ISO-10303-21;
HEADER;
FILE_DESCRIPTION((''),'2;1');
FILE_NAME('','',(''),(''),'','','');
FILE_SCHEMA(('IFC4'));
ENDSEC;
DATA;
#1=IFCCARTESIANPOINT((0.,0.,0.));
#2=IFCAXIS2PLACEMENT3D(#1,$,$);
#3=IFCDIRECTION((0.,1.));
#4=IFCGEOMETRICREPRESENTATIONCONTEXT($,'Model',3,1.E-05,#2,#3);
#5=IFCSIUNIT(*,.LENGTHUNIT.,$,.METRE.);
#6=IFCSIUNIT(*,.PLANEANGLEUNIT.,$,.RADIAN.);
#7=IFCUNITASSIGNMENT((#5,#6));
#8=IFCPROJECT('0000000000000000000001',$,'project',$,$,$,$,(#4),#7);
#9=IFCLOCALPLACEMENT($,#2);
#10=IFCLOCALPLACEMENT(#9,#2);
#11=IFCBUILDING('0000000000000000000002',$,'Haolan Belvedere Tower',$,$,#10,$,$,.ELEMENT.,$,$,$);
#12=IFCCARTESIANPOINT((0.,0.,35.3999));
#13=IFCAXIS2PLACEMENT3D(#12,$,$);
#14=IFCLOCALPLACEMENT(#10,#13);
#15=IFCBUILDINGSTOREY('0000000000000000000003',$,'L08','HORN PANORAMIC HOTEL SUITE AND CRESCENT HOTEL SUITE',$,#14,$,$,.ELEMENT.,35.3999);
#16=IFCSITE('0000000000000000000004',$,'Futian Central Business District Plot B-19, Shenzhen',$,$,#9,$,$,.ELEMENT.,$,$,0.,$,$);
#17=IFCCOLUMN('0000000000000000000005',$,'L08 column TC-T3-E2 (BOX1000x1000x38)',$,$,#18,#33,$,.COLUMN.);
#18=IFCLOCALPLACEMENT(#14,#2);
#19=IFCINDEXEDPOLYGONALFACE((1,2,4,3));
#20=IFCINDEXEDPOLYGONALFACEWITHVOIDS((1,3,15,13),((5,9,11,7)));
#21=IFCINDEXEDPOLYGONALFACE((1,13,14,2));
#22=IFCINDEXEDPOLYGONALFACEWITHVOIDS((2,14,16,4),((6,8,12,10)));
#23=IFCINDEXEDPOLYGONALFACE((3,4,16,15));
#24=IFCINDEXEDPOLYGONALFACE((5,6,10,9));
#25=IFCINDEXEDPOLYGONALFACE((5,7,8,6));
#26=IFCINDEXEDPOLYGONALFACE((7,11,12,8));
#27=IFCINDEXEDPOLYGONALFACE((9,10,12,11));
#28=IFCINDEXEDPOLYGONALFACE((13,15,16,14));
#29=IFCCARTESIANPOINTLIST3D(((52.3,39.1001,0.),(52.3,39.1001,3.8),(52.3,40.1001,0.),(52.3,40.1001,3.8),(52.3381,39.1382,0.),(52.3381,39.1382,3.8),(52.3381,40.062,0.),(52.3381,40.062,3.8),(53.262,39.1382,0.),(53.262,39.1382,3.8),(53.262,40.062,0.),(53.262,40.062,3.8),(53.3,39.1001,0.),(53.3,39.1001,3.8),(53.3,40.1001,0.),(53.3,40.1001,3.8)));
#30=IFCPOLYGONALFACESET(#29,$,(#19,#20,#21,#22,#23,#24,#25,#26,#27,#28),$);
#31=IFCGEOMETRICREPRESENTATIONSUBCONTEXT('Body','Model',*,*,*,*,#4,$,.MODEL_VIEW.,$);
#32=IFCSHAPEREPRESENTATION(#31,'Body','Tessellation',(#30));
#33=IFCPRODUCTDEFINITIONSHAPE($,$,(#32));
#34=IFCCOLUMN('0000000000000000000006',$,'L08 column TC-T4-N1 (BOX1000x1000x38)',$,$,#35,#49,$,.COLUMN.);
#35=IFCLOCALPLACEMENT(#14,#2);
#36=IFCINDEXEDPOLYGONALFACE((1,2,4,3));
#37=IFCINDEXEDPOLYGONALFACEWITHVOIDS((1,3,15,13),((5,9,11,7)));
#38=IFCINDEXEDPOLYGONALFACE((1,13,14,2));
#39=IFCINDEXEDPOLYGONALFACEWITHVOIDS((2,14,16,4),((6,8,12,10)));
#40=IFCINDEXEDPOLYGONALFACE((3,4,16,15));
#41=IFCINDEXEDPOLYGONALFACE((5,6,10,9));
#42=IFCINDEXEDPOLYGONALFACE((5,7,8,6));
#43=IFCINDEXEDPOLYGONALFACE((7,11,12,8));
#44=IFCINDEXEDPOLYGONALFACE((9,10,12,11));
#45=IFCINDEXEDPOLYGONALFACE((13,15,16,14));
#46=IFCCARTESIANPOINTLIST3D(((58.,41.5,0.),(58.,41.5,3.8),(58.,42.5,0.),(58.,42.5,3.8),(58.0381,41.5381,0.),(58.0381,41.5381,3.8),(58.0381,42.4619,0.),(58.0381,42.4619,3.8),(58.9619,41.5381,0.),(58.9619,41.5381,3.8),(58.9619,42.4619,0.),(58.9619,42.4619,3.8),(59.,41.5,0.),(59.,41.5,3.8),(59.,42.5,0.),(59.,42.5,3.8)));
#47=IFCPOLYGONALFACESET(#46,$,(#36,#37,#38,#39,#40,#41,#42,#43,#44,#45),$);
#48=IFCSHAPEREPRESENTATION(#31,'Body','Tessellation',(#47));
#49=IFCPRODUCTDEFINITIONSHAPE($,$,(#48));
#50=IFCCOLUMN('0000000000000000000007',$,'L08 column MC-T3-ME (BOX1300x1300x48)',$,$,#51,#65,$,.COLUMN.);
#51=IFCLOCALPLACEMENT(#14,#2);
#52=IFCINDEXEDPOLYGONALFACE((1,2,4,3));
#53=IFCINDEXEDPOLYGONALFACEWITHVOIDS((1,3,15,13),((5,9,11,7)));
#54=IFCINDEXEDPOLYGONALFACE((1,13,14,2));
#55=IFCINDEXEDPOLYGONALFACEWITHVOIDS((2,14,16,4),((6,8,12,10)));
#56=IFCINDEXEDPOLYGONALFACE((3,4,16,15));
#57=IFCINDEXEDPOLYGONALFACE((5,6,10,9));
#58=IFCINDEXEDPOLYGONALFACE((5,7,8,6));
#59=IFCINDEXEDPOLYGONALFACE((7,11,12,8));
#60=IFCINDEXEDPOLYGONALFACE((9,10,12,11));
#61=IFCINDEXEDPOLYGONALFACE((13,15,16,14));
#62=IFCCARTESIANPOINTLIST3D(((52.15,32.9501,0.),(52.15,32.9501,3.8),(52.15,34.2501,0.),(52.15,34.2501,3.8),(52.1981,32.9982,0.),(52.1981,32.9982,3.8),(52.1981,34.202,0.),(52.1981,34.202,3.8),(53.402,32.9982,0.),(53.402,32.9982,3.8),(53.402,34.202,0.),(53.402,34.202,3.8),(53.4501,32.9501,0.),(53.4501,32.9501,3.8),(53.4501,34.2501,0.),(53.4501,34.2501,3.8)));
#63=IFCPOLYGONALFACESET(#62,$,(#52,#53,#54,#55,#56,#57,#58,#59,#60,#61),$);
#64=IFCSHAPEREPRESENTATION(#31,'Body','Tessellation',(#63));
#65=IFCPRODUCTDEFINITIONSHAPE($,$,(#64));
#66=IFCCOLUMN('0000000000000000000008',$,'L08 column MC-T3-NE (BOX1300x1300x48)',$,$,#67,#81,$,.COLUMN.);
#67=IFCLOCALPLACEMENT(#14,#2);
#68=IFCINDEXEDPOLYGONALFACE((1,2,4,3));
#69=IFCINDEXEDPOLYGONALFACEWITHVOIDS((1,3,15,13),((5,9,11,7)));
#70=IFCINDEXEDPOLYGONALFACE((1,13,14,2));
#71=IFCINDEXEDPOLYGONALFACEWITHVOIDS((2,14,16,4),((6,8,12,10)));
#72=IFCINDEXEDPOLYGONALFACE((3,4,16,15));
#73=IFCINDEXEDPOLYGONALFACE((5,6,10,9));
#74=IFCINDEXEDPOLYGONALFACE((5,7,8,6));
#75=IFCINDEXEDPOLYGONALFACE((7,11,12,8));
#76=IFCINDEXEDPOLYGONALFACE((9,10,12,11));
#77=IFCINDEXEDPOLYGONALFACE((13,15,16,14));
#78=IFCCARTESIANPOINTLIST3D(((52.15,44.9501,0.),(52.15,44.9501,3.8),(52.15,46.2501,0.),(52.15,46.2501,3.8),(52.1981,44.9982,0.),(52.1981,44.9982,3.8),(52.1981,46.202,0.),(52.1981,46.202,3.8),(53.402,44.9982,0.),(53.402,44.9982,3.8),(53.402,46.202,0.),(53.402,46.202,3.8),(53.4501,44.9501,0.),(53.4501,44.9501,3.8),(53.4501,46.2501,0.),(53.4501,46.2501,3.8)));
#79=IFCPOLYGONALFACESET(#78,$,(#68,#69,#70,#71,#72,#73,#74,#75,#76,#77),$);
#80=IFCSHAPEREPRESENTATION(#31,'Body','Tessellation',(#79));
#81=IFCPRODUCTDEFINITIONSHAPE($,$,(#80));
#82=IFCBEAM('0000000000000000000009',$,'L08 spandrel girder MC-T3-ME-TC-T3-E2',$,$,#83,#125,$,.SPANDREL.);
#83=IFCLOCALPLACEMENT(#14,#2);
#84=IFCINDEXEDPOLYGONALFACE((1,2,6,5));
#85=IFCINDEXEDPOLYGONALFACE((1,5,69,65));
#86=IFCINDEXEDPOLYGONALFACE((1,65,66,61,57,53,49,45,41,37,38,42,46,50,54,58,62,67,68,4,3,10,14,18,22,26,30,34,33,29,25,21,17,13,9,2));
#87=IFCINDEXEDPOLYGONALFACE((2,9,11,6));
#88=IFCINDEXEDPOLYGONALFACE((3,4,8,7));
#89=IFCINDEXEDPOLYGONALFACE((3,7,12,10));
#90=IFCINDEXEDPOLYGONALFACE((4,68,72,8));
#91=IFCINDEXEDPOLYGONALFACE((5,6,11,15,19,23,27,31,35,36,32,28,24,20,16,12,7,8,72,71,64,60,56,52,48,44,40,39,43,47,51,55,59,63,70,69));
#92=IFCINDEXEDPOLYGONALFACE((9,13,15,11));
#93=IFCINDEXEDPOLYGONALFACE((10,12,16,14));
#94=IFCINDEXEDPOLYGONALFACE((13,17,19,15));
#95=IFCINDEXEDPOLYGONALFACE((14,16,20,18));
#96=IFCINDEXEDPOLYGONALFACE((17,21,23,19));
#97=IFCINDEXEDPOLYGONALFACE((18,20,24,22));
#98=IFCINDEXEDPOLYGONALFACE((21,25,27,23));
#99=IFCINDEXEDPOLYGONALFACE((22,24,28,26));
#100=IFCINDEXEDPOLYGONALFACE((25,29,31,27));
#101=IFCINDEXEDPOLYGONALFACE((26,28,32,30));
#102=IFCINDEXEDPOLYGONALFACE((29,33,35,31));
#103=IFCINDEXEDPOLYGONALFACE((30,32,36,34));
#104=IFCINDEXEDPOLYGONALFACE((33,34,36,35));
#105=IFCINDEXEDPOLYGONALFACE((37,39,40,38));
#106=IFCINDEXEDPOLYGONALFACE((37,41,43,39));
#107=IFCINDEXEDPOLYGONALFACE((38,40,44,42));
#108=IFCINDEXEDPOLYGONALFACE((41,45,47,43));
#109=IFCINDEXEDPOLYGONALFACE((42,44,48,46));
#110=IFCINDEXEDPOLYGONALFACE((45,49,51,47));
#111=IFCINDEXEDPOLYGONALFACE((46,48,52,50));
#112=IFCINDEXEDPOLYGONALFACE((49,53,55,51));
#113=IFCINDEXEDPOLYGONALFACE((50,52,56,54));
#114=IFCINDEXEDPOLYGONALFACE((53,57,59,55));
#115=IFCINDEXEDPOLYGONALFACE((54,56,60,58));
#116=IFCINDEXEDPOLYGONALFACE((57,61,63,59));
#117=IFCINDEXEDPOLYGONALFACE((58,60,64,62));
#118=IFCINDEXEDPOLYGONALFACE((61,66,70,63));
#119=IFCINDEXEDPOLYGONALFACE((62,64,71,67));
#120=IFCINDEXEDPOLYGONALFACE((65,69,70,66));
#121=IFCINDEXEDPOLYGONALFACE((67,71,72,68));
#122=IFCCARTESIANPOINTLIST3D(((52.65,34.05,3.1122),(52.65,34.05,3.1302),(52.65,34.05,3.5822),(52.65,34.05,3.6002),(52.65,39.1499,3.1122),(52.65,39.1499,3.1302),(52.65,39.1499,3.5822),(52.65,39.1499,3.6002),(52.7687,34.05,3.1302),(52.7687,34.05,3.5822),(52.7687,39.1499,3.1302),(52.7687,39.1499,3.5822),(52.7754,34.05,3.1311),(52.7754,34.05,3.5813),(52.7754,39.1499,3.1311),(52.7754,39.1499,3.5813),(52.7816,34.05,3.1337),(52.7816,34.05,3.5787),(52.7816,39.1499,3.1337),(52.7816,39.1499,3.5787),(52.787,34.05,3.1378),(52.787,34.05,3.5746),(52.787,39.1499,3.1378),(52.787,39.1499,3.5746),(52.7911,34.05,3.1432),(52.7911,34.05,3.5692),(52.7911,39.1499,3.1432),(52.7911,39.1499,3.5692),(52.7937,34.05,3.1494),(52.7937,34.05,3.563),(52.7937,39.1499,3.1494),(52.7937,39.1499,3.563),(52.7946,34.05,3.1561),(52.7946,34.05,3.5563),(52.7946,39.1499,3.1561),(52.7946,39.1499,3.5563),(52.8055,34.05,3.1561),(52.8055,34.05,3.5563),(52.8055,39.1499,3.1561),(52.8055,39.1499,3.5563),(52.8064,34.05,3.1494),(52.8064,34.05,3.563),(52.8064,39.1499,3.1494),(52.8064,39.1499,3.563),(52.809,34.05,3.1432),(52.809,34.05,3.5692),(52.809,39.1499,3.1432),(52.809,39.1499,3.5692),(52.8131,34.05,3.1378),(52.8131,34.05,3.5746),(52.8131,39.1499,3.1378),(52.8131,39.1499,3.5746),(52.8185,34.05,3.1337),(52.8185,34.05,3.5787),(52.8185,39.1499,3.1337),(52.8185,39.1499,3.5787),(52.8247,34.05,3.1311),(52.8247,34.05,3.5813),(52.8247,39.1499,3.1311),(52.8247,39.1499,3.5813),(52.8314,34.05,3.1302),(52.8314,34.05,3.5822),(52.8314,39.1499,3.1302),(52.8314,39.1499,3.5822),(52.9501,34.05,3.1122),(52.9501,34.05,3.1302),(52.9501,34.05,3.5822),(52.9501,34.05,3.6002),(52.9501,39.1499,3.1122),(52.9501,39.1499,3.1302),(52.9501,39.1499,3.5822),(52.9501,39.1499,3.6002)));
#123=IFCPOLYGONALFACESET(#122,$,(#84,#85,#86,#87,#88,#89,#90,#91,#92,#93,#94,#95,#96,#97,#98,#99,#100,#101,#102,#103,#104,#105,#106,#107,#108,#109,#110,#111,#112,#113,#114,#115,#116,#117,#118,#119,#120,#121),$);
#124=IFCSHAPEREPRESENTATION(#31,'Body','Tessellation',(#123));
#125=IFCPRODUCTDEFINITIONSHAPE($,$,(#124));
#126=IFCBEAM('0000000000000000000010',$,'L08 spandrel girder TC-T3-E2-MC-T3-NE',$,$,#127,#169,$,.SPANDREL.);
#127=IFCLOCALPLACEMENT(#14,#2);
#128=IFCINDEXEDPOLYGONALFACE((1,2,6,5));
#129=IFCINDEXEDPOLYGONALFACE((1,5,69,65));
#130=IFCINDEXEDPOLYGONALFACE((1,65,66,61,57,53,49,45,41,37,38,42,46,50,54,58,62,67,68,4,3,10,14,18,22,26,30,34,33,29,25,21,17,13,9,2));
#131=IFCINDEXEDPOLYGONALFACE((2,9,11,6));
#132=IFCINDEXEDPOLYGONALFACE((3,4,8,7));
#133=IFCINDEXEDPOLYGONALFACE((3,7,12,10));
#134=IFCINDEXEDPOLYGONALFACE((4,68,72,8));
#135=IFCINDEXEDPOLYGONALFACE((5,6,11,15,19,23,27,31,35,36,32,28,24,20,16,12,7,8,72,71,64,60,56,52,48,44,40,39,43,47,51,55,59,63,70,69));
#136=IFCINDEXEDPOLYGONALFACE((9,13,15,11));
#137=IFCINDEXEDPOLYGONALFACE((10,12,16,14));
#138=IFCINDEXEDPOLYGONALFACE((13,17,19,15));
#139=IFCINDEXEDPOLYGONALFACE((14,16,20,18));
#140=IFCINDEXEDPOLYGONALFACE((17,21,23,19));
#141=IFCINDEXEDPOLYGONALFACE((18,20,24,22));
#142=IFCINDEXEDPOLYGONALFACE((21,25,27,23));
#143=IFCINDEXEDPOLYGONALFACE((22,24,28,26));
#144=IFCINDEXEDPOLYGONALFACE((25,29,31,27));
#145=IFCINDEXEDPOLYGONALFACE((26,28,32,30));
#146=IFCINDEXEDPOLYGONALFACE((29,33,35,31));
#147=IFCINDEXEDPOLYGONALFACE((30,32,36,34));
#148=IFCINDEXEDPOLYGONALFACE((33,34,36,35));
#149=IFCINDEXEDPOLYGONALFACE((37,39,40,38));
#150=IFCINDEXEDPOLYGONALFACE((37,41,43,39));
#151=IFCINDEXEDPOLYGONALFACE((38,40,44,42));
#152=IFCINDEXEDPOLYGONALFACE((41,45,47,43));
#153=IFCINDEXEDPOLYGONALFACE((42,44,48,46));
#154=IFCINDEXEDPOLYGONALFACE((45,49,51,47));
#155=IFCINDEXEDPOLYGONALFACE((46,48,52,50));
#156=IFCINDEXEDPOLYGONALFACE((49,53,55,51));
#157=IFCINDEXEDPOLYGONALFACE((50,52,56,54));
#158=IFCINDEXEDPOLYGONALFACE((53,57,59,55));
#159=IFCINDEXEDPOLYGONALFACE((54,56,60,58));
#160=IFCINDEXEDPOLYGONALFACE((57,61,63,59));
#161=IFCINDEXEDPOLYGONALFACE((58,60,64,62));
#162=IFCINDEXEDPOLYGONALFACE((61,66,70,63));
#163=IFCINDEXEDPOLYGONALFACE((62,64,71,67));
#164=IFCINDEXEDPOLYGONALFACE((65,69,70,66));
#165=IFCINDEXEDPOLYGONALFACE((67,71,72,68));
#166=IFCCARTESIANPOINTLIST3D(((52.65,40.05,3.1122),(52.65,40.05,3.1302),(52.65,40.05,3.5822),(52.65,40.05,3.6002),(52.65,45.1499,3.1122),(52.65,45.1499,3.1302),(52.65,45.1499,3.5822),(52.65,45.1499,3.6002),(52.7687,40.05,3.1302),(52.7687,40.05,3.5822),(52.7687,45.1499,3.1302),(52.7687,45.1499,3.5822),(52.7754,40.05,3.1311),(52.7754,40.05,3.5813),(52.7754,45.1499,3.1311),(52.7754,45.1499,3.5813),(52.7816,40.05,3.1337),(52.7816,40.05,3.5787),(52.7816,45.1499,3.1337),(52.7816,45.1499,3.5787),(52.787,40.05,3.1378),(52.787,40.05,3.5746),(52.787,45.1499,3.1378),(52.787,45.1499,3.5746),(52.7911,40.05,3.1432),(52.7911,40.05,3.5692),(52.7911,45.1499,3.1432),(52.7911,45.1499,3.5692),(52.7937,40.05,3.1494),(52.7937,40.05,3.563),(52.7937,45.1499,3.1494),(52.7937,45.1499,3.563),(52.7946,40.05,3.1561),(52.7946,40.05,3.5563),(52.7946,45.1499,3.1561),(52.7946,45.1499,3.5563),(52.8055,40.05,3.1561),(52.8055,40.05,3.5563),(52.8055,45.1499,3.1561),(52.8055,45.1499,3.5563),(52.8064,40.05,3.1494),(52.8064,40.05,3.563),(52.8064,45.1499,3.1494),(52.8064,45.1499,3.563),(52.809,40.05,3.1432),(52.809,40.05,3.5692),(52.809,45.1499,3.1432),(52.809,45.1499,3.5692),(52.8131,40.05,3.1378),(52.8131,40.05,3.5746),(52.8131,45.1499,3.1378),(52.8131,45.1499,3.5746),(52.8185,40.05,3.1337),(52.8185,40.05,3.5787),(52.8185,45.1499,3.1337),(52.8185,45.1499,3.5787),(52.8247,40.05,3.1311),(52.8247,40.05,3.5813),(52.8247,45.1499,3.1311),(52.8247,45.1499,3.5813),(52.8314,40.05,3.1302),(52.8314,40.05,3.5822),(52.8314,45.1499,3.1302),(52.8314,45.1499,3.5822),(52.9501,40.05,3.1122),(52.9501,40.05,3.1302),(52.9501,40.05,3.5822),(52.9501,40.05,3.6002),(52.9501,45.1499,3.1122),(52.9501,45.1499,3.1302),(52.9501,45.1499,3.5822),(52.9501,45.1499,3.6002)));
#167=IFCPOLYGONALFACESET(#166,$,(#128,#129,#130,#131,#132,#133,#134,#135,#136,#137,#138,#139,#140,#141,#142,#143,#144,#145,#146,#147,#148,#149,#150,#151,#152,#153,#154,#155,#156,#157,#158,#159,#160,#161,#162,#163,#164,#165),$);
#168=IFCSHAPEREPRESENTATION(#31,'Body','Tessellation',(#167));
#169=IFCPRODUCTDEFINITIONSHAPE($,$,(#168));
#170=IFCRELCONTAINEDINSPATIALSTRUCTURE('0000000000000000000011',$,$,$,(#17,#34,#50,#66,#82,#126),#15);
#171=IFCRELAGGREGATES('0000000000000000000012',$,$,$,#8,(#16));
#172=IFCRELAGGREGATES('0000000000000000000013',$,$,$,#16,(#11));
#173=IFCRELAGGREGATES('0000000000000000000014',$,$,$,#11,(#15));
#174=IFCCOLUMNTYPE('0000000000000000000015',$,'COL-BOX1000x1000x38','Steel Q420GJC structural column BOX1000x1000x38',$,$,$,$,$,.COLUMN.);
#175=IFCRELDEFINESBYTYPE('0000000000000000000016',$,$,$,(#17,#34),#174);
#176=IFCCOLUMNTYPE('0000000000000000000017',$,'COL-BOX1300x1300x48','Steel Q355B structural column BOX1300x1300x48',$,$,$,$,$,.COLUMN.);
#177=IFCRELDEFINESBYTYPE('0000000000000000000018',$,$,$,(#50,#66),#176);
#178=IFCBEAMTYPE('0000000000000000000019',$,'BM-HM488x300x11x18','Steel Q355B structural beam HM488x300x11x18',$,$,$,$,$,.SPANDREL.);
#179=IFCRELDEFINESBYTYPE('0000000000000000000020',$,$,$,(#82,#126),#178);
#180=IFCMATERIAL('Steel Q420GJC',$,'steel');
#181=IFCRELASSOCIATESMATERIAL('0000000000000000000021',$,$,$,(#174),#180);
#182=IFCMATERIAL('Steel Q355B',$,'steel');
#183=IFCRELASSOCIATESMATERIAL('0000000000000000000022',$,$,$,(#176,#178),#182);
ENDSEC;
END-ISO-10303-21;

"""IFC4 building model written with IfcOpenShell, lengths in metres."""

from ifc_helpers import new_model, si_unit, direction, frame, origin, origin_2d, place, context, subcontext, project, spatial, hollow_rectangle, i_section, extrude, material, material_profile, profile_set, type_object, element, save


model = new_model("IFC4")

# Units and contexts
model_context = context("Model", 3, precision=1e-05, world=origin(), true_north=direction((0.0, 1.0)))
body_context = subcontext(model_context, "Body", "Model", "MODEL_VIEW")
ifc_project = project(units=[si_unit("LENGTHUNIT", "METRE"), si_unit("PLANEANGLEUNIT", "RADIAN")], contexts=[model_context])

# Site, building, storey
site_placement = place(None, origin())
site = spatial("IfcSite", under=ifc_project, at=site_placement, Name="Futian Central Business District Plot B-19, Shenzhen", CompositionType="ELEMENT", RefElevation=0.0)
building_placement = place(site_placement, origin())
building = spatial("IfcBuilding", under=site, at=building_placement, Name="Haolan Belvedere Tower", CompositionType="ELEMENT")
storey_placement = place(building_placement, frame((0.0, 0.0, 35.3999)))
storey = spatial("IfcBuildingStorey", under=building, at=storey_placement, Name="L08", Description="HORN PANORAMIC HOTEL SUITE AND CRESCENT HOTEL SUITE", CompositionType="ELEMENT", Elevation=35.3999)

# Columns
ifc_material_1 = material(Name="Steel Q420GJC", Category="steel")
ifc_material_profile_1 = material_profile(ifc_material_1, hollow_rectangle(XDim=1.0, YDim=1.0, WallThickness=0.0381, at=origin_2d()), Name="Steel Q420GJC")
ifc_profile_set_1 = profile_set([ifc_material_profile_1], Name="Steel Q420GJC")
column_type_1 = type_object("IfcColumnType", Name="COL-BOX1000x1000x38", Description="Steel Q420GJC structural column BOX1000x1000x38", PredefinedType="COLUMN", material=ifc_profile_set_1)
for number, where, z_axis, x_axis, name in (
    (1, (52.8, 39.6001, 0.0), (0.0, 0.0, 1.0), (1.0, 0.0, 0.0), "L08 column TC-T3-E2 (BOX1000x1000x38)"),
    (2, (58.5, 42.0, 0.0), (0.0, 0.0, 1.0), (1.0, 0.0, 0.0), "L08 column TC-T4-N1 (BOX1000x1000x38)"),
):
    element("IfcColumn", number, at=place(storey_placement, frame(where, z_axis=z_axis, x_axis=x_axis)), inside=storey, type_object=column_type_1, Name=name, PredefinedType="COLUMN", context=body_context, shape_type="SweptSolid", body=[
        extrude(hollow_rectangle(XDim=1.0, YDim=1.0, WallThickness=0.0381, at=origin_2d()), origin(), (0.0, 0.0, 1.0), 3.8),
    ])
ifc_material_2 = material(Name="Steel Q355B", Category="steel")
ifc_material_profile_2 = material_profile(ifc_material_2, hollow_rectangle(XDim=1.3, YDim=1.3, WallThickness=0.0481, at=origin_2d()), Name="Steel Q355B")
ifc_profile_set_2 = profile_set([ifc_material_profile_2], Name="Steel Q355B")
column_type_2 = type_object("IfcColumnType", Name="COL-BOX1300x1300x48", Description="Steel Q355B structural column BOX1300x1300x48", PredefinedType="COLUMN", material=ifc_profile_set_2)
for number, where, z_axis, x_axis, name in (
    (3, (52.8, 33.6001, 0.0), (0.0, 0.0, 1.0), (1.0, 0.0, 0.0), "L08 column MC-T3-ME (BOX1300x1300x48)"),
    (4, (52.8, 45.6001, 0.0), (0.0, 0.0, 1.0), (1.0, 0.0, 0.0), "L08 column MC-T3-NE (BOX1300x1300x48)"),
):
    element("IfcColumn", number, at=place(storey_placement, frame(where, z_axis=z_axis, x_axis=x_axis)), inside=storey, type_object=column_type_2, Name=name, PredefinedType="COLUMN", context=body_context, shape_type="SweptSolid", body=[
        extrude(hollow_rectangle(XDim=1.3, YDim=1.3, WallThickness=0.0481, at=origin_2d()), origin(), (0.0, 0.0, 1.0), 3.8),
    ])

# Beams
ifc_material_profile_3 = material_profile(ifc_material_2, i_section(OverallWidth=0.3, OverallDepth=0.488, WebThickness=0.011, FlangeThickness=0.0181, FilletRadius=0.0259, at=origin_2d()), Name="Steel Q355B")
ifc_profile_set_3 = profile_set([ifc_material_profile_3], Name="Steel Q355B")
beam_type = type_object("IfcBeamType", Name="BM-HM488x300x11x18", Description="Steel Q355B structural beam HM488x300x11x18", PredefinedType="SPANDREL", material=ifc_profile_set_3)
for number, where, z_axis, x_axis, name in (
    (5, (52.8, 34.05, 3.3562), (0.0, 1.0, 0.0), (-1.0, 0.0, 0.0), "L08 spandrel girder MC-T3-ME-TC-T3-E2"),
    (6, (52.8, 40.05, 3.3562), (0.0, 1.0, 0.0), (-1.0, 0.0, 0.0), "L08 spandrel girder TC-T3-E2-MC-T3-NE"),
):
    element("IfcBeam", number, at=place(storey_placement, frame(where, z_axis=z_axis, x_axis=x_axis)), inside=storey, type_object=beam_type, Name=name, PredefinedType="SPANDREL", context=body_context, shape_type="SweptSolid", body=[
        extrude(i_section(OverallWidth=0.3, OverallDepth=0.488, WebThickness=0.011, FlangeThickness=0.0181, FilletRadius=0.0259, at=origin_2d()), origin(), (0.0, 0.0, 1.0), 5.0999),
    ])

save(model, "model.ifc")
